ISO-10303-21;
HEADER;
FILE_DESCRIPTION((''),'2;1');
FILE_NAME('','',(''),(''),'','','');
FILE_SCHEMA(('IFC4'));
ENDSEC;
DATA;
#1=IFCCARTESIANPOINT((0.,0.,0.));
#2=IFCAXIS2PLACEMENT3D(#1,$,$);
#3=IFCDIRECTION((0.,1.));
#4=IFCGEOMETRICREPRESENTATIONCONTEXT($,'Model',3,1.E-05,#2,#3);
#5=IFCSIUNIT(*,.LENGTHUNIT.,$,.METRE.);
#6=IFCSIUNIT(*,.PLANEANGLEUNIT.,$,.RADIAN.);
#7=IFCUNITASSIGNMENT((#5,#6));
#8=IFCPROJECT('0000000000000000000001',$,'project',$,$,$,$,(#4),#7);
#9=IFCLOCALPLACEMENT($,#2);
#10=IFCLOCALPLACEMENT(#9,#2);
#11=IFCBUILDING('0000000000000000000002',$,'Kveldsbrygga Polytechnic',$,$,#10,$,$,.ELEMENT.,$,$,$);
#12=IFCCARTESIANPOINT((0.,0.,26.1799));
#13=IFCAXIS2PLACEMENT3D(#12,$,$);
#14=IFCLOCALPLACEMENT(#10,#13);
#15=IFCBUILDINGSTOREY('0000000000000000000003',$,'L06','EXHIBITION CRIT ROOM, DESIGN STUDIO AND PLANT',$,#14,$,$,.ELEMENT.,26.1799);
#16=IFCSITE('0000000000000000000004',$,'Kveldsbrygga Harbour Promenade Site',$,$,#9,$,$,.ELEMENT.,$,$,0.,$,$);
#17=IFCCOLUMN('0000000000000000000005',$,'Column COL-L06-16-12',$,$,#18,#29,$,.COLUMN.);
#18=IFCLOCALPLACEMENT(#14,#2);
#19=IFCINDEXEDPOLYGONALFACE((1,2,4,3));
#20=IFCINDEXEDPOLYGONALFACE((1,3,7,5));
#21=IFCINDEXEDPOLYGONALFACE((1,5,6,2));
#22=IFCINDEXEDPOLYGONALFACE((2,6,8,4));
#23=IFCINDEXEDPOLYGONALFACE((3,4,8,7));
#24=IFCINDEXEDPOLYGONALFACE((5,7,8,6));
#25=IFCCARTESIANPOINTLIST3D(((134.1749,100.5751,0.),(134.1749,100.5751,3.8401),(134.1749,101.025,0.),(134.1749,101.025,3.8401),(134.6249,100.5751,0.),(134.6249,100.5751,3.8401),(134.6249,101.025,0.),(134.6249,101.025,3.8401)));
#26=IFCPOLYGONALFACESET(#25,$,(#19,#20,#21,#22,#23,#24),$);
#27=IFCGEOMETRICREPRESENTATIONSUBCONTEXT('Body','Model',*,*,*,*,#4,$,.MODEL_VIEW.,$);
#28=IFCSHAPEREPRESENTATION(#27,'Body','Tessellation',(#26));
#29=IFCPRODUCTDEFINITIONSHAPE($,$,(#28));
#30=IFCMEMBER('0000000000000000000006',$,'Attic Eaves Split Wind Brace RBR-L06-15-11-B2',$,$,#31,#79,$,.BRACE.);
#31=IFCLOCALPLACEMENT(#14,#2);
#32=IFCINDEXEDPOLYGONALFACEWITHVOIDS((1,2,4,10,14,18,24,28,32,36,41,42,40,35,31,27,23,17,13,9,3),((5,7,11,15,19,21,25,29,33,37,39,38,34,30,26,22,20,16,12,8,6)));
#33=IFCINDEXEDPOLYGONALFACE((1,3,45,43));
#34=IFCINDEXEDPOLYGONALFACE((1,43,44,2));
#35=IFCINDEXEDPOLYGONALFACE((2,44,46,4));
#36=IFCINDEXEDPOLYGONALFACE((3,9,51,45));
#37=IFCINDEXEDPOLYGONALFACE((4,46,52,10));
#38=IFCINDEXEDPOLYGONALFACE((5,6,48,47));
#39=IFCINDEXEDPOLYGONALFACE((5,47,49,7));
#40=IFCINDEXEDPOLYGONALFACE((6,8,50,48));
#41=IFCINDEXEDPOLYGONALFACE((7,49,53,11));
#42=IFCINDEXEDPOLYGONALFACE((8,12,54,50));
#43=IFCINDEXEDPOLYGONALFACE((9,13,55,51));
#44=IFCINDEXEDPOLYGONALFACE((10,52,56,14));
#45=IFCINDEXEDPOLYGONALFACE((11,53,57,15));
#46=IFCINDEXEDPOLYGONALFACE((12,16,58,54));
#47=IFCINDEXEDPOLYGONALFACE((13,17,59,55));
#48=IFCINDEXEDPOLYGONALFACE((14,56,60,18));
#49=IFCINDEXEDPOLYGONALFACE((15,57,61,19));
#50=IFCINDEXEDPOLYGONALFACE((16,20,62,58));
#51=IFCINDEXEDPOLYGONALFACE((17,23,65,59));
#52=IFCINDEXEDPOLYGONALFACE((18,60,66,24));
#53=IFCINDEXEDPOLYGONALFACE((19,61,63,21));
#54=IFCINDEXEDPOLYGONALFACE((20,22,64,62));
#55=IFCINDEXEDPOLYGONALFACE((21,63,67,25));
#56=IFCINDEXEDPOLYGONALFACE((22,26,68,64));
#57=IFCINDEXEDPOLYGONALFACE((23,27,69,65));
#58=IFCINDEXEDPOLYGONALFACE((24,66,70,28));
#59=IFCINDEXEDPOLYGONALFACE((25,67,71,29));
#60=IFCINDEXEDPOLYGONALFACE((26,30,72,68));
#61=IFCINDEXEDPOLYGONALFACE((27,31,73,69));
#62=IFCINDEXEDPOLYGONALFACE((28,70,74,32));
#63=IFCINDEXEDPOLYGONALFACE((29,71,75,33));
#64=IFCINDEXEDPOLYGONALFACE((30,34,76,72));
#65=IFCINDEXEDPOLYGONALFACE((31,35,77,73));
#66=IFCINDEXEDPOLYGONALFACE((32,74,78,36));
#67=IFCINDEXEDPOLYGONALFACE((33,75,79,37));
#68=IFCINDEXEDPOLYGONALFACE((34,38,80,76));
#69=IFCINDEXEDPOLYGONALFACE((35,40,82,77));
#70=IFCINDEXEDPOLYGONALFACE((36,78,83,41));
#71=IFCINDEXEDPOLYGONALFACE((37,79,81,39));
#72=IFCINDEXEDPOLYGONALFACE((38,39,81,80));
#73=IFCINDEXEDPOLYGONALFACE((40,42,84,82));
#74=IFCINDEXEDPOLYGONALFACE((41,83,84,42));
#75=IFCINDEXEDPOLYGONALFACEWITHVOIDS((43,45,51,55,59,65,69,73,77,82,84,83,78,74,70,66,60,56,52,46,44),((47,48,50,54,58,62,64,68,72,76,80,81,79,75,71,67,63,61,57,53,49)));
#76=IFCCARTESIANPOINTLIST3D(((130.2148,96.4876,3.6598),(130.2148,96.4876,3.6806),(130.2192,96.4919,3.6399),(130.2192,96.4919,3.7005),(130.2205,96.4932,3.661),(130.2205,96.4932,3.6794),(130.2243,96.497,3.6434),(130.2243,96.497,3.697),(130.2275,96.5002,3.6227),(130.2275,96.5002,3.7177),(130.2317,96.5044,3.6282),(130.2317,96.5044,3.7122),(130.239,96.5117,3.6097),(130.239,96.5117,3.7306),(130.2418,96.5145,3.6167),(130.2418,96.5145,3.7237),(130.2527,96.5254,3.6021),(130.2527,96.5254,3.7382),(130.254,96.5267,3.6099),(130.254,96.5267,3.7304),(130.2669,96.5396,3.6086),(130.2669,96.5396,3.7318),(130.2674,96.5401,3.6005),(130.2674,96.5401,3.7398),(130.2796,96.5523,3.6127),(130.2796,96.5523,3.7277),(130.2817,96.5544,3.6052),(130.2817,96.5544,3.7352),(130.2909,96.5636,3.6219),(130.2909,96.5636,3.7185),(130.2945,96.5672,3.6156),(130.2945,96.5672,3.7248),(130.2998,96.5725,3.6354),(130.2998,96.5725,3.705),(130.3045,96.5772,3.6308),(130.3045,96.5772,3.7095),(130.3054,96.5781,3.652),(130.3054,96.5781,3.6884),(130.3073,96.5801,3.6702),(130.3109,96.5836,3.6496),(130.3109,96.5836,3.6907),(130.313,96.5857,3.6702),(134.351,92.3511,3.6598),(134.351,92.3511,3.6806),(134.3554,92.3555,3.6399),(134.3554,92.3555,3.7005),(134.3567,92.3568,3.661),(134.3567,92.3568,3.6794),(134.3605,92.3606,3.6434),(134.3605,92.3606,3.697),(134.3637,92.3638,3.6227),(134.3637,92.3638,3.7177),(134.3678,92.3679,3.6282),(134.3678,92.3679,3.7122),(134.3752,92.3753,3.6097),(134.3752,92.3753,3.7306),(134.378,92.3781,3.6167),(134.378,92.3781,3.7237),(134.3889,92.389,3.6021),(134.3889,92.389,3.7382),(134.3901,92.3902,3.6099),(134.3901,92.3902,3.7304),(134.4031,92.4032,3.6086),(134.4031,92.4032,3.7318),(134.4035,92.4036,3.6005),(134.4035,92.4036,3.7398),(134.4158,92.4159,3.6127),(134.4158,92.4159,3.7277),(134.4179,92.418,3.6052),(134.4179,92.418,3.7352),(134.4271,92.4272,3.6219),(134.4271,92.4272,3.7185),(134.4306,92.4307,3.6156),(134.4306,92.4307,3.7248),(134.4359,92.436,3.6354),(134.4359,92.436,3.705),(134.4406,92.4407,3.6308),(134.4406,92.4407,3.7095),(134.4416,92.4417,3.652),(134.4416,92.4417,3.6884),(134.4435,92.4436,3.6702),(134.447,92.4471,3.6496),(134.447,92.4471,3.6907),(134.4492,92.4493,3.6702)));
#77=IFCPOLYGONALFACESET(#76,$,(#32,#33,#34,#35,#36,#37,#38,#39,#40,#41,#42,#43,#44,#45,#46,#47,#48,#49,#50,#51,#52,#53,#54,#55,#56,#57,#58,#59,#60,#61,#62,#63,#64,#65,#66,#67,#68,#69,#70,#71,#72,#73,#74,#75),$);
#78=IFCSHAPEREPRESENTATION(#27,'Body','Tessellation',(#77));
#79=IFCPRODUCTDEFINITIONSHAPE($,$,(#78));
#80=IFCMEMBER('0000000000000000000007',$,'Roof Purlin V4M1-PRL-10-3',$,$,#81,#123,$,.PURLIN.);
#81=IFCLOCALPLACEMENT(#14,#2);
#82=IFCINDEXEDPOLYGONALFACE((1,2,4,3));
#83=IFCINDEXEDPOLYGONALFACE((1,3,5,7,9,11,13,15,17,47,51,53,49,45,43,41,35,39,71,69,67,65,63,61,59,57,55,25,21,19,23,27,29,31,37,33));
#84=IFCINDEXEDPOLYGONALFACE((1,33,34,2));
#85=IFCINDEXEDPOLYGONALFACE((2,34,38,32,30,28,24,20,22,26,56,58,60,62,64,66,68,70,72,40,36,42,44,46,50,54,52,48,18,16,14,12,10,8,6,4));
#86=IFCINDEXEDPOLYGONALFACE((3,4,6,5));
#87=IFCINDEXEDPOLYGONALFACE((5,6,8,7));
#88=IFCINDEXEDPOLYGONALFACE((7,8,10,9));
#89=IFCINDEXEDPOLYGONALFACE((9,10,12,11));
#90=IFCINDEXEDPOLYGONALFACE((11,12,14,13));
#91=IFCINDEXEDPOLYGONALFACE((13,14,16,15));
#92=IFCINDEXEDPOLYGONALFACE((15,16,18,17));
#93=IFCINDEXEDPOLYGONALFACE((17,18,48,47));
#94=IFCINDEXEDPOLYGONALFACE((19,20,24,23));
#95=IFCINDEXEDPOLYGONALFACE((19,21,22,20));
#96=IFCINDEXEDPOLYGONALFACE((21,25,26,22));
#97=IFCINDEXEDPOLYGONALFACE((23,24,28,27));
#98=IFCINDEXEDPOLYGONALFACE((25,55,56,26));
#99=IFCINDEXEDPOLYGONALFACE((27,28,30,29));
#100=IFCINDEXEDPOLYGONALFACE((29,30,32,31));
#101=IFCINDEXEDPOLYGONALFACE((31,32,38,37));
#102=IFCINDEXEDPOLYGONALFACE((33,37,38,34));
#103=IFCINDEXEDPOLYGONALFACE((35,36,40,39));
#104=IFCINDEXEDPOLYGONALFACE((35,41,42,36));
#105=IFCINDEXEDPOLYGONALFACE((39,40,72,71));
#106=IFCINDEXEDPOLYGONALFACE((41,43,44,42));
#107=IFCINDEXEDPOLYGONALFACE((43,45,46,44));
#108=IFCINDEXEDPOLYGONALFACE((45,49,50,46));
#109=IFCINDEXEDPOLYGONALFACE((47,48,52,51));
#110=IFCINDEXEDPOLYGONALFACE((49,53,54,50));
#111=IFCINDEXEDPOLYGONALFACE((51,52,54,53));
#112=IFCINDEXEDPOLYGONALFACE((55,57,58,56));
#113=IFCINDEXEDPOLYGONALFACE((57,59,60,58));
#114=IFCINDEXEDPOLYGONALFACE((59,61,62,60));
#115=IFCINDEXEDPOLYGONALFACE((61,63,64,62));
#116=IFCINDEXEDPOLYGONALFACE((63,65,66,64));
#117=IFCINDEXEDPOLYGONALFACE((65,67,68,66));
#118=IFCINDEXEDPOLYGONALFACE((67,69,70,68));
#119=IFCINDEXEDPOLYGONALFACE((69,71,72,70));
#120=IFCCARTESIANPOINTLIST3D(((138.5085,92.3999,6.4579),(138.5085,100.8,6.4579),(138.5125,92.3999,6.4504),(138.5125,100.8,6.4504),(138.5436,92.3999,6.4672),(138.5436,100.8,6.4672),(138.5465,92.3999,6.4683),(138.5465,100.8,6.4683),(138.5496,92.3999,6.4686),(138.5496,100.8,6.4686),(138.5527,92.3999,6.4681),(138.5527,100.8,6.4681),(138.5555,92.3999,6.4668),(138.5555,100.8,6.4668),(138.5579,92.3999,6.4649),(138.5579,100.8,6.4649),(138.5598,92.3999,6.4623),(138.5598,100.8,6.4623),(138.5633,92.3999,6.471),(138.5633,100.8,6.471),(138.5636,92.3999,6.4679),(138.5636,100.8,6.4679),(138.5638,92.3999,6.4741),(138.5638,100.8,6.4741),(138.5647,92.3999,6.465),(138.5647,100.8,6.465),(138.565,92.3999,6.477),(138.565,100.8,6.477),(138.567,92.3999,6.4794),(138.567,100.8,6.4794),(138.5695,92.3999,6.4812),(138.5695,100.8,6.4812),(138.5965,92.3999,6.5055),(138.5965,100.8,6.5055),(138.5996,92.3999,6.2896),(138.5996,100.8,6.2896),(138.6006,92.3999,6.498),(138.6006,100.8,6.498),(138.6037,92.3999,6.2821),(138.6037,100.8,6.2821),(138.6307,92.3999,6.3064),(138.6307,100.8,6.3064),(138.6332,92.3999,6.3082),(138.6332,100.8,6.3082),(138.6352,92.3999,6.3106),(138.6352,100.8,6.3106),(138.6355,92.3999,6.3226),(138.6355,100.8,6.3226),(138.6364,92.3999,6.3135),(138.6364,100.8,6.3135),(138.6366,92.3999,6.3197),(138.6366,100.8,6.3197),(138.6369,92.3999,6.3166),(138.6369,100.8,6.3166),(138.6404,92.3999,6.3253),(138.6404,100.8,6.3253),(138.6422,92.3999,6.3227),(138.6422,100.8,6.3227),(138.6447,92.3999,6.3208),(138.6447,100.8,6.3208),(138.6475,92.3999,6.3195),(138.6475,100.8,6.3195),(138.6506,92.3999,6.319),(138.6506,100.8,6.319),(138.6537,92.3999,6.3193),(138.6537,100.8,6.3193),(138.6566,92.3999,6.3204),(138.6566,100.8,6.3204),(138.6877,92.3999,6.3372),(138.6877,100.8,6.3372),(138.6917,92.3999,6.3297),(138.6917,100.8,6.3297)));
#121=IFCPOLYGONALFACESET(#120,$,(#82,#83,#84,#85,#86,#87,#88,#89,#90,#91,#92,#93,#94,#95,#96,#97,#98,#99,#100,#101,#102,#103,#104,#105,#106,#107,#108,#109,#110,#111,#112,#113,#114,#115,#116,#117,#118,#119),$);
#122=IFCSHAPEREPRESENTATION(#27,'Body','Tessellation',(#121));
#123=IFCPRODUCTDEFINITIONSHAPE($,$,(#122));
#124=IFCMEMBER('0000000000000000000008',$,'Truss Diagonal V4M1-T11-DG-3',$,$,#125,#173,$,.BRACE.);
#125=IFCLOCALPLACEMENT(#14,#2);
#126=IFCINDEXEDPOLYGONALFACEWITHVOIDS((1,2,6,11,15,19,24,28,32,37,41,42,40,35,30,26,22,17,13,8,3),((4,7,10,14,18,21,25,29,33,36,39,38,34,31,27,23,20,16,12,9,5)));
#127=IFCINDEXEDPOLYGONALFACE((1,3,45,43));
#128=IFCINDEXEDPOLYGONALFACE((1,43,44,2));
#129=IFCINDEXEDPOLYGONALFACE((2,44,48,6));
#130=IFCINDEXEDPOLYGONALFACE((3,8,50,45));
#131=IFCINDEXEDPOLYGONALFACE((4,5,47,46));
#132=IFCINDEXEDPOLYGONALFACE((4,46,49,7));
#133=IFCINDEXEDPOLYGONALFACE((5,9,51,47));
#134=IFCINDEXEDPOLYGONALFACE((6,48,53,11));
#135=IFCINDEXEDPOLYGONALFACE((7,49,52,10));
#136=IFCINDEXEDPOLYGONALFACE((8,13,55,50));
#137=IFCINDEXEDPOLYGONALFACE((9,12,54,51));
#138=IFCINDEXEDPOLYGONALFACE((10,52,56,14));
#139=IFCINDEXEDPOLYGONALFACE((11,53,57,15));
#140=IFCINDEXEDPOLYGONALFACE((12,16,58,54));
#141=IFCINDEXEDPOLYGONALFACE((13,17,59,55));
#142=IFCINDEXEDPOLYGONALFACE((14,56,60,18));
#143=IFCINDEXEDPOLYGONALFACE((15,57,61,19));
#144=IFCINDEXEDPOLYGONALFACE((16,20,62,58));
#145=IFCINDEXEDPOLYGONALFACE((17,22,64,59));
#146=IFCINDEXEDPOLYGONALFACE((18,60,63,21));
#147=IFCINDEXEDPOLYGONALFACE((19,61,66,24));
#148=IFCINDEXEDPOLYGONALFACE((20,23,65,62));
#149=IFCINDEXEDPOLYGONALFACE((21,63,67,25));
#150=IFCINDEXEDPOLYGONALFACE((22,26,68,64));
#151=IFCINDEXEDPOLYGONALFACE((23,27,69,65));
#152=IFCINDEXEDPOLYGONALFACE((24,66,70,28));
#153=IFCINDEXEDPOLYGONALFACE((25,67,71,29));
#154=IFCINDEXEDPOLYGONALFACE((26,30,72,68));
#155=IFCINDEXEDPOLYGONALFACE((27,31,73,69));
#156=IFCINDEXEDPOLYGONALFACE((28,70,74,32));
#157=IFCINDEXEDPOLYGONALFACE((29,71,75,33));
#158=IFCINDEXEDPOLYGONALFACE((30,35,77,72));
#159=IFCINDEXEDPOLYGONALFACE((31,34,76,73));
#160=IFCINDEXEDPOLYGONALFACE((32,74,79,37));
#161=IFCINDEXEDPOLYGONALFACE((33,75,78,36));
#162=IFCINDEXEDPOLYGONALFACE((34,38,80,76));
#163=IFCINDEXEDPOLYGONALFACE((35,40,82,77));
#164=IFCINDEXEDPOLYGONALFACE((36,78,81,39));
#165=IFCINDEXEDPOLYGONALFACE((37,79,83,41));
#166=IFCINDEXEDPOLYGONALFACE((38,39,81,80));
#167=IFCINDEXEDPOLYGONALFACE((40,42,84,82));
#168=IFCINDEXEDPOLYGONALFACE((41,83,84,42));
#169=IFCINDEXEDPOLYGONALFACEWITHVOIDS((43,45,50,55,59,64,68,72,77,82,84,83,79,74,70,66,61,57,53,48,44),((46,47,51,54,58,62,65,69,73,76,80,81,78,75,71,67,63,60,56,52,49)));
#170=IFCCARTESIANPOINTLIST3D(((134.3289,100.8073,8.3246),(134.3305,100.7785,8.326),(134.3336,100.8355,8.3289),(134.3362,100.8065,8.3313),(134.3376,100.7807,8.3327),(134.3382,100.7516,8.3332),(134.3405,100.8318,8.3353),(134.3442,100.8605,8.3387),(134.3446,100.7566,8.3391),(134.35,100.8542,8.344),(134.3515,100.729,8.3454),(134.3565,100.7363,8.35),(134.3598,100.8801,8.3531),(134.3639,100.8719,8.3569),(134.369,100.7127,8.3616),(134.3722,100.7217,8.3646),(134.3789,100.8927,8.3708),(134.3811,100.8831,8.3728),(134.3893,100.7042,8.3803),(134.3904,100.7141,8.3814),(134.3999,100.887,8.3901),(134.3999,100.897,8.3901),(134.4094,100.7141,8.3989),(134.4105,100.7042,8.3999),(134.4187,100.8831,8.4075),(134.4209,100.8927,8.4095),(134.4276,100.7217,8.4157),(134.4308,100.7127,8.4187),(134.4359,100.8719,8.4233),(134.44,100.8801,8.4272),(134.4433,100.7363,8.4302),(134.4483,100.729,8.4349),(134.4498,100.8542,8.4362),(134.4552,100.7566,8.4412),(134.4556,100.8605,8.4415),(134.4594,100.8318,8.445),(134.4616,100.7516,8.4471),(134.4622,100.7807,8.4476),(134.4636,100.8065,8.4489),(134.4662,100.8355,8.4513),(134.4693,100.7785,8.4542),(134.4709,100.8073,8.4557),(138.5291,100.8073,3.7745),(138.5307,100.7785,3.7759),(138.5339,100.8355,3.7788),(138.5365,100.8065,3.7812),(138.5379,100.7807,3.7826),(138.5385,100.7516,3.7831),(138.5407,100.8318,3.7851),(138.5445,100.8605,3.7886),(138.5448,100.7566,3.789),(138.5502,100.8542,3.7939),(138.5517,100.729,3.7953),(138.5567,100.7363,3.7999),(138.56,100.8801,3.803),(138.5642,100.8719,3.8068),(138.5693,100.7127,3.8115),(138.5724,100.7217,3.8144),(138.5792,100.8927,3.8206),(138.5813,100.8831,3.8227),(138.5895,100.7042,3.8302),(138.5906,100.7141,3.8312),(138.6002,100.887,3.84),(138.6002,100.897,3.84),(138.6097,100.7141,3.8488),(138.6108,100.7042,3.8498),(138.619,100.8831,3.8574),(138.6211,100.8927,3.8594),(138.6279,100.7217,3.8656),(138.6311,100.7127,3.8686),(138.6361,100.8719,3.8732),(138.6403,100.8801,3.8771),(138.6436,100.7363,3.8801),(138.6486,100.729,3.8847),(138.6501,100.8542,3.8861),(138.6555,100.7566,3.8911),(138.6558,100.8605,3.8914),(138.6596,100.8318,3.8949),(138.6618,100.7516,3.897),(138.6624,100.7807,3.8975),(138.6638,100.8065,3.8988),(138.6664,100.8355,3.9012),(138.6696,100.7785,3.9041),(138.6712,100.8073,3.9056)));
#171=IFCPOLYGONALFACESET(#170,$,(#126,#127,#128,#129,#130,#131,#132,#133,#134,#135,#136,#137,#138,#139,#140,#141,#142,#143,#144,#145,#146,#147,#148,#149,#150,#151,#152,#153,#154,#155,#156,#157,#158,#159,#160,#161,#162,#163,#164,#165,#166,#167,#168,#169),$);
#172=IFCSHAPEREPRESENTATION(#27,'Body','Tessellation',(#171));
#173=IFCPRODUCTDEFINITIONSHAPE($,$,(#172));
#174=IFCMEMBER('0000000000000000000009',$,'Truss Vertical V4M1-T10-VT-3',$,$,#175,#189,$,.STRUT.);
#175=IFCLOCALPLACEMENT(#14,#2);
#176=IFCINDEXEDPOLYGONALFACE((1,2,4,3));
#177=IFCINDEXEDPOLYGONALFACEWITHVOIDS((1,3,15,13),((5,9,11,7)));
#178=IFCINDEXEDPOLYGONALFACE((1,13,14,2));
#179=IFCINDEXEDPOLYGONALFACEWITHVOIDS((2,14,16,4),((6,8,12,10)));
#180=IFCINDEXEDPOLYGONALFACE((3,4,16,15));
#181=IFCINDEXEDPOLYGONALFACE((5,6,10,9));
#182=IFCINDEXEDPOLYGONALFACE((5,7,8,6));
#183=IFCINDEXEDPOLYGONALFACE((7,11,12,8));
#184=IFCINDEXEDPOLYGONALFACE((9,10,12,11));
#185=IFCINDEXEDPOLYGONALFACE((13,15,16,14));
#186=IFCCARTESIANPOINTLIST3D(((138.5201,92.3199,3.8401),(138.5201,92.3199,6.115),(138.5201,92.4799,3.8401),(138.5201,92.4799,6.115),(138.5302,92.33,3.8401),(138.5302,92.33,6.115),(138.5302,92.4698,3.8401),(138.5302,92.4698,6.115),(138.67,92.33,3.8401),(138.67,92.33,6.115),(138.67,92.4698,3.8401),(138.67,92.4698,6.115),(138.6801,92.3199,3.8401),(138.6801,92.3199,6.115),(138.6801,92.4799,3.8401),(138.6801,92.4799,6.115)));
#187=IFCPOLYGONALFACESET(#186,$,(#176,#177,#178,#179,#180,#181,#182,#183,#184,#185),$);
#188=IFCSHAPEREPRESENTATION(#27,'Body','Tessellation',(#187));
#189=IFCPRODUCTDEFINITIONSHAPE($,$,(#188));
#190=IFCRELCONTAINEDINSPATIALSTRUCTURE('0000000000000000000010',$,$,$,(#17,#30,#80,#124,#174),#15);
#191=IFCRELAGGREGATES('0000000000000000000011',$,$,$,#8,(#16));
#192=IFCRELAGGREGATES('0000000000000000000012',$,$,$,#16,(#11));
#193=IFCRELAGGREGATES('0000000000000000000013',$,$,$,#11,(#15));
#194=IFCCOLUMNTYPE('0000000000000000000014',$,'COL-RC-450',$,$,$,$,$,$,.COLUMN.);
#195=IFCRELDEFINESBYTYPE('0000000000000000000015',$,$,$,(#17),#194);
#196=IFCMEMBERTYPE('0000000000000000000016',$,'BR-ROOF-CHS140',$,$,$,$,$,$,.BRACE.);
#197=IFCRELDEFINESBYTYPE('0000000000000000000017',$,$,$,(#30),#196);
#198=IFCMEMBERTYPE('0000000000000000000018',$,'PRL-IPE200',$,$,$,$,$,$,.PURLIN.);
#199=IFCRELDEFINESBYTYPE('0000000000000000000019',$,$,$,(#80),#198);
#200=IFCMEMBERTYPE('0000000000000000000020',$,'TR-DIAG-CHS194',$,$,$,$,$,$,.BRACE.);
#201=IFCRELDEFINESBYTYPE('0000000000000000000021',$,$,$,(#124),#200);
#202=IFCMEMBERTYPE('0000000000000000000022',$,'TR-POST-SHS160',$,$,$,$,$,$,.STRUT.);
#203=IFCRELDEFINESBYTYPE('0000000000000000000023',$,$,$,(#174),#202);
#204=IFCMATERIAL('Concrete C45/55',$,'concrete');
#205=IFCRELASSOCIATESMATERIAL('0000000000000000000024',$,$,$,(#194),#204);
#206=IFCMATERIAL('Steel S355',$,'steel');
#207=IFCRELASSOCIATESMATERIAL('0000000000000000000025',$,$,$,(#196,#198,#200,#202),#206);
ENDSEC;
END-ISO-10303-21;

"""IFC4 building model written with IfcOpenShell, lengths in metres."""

from ifc_helpers import new_model, si_unit, direction, frame, origin, origin_2d, place, context, subcontext, project, spatial, rectangle, hollow_rectangle, hollow_circle, i_section, extrude, material, material_profile, profile_set, type_object, element, save


model = new_model("IFC4")

# Units and contexts
model_context = context("Model", 3, precision=1e-05, world=origin(), true_north=direction((0.0, 1.0)))
body_context = subcontext(model_context, "Body", "Model", "MODEL_VIEW")
ifc_project = project(units=[si_unit("LENGTHUNIT", "METRE"), si_unit("PLANEANGLEUNIT", "RADIAN")], contexts=[model_context])

# Site, building, storey
site_placement = place(None, origin())
site = spatial("IfcSite", under=ifc_project, at=site_placement, Name="Kveldsbrygga Harbour Promenade Site", CompositionType="ELEMENT", RefElevation=0.0)
building_placement = place(site_placement, origin())
building = spatial("IfcBuilding", under=site, at=building_placement, Name="Kveldsbrygga Polytechnic", CompositionType="ELEMENT")
storey_placement = place(building_placement, frame((0.0, 0.0, 26.1799)))
storey = spatial("IfcBuildingStorey", under=building, at=storey_placement, Name="L06", Description="EXHIBITION CRIT ROOM, DESIGN STUDIO AND PLANT", CompositionType="ELEMENT", Elevation=26.1799)

# Column
ifc_material_1 = material(Name="Concrete C45/55", Category="concrete")
ifc_material_profile_1 = material_profile(ifc_material_1, rectangle(XDim=0.45, YDim=0.45, at=origin_2d()), Name="RC 450x450")
ifc_profile_set_1 = profile_set([ifc_material_profile_1], Name="Concrete C45/55")
column_type = type_object("IfcColumnType", Name="COL-RC-450", PredefinedType="COLUMN", material=ifc_profile_set_1)
column_placement = place(storey_placement, frame((134.3999, 100.8, 0.0), z_axis=(0.0, 0.0, 1.0), x_axis=(1.0, 0.0, 0.0)))
element("IfcColumn", 1, at=column_placement, inside=storey, type_object=column_type, Name="Column COL-L06-16-12", PredefinedType="COLUMN", context=body_context, shape_type="SweptSolid", body=[
    extrude(rectangle(XDim=0.45, YDim=0.45, at=origin_2d()), origin(), (0.0, 0.0, 1.0), 3.8401),
])

# Members
ifc_material_2 = material(Name="Steel S355", Category="steel")
ifc_material_profile_2 = material_profile(ifc_material_2, hollow_circle(Radius=0.0698, WallThickness=0.0081, at=origin_2d()), Name="CHS 139.7x8.0")
ifc_profile_set_2 = profile_set([ifc_material_profile_2], Name="Steel S355")
member_type_1 = type_object("IfcMemberType", Name="BR-ROOF-CHS140", PredefinedType="BRACE", material=ifc_profile_set_2)
member_1_placement = place(storey_placement, frame((130.2637, 96.5364, 3.6702), z_axis=(0.707086, -0.707128, 0.0), x_axis=(0.707128, 0.707086, 0.0)))
element("IfcMember", 2, at=member_1_placement, inside=storey, type_object=member_type_1, Name="Attic Eaves Split Wind Brace RBR-L06-15-11-B2", PredefinedType="BRACE", context=body_context, shape_type="SweptSolid", body=[
    extrude(hollow_circle(Radius=0.0698, WallThickness=0.0081, at=origin_2d()), origin(), (0.0, 0.0, 1.0), 5.8496),
])
ifc_material_profile_3 = material_profile(ifc_material_2, i_section(OverallWidth=0.1001, OverallDepth=0.2, WebThickness=0.0056, FlangeThickness=0.0085, FilletRadius=0.012, at=origin_2d()), Name="IPE 200")
ifc_profile_set_3 = profile_set([ifc_material_profile_3], Name="Steel S355")
member_type_2 = type_object("IfcMemberType", Name="PRL-IPE200", PredefinedType="PURLIN", material=ifc_profile_set_3)
member_2_placement = place(storey_placement, frame((138.6001, 92.3999, 6.3938), z_axis=(0.0, 1.0, 0.0), x_axis=(-0.879292, 0.0, -0.476283)))
element("IfcMember", 3, at=member_2_placement, inside=storey, type_object=member_type_2, Name="Roof Purlin V4M1-PRL-10-3", PredefinedType="PURLIN", context=body_context, shape_type="SweptSolid", body=[
    extrude(i_section(OverallWidth=0.1001, OverallDepth=0.2, WebThickness=0.0056, FlangeThickness=0.0085, FilletRadius=0.012, at=origin_2d()), origin(), (0.0, 0.0, 1.0), 8.4001),
])
ifc_material_profile_4 = material_profile(ifc_material_2, hollow_circle(Radius=0.0969, WallThickness=0.01, at=origin_2d()), Name="CHS 193.7x10.0")
ifc_profile_set_4 = profile_set([ifc_material_profile_4], Name="Steel S355")
member_type_3 = type_object("IfcMemberType", Name="TR-DIAG-CHS194", PredefinedType="BRACE", material=ifc_profile_set_4)
member_3_placement = place(storey_placement, frame((134.3999, 100.8, 8.3901), z_axis=(0.678293, 0.0, -0.734791), x_axis=(0.0, 1.0, 0.0)))
element("IfcMember", 4, at=member_3_placement, inside=storey, type_object=member_type_3, Name="Truss Diagonal V4M1-T11-DG-3", PredefinedType="BRACE", context=body_context, shape_type="SweptSolid", body=[
    extrude(hollow_circle(Radius=0.0969, WallThickness=0.01, at=origin_2d()), origin(), (0.0, 0.0, 1.0), 6.1924),
])
ifc_material_profile_5 = material_profile(ifc_material_2, hollow_rectangle(XDim=0.1599, YDim=0.1599, WallThickness=0.01, at=origin_2d()), Name="SHS 160x160x10.0")
ifc_profile_set_5 = profile_set([ifc_material_profile_5], Name="Steel S355")
member_type_4 = type_object("IfcMemberType", Name="TR-POST-SHS160", PredefinedType="STRUT", material=ifc_profile_set_5)
member_4_placement = place(storey_placement, frame((138.6001, 92.3999, 3.8401), z_axis=(0.0, 0.0, 1.0), x_axis=(1.0, 0.0, 0.0)))
element("IfcMember", 5, at=member_4_placement, inside=storey, type_object=member_type_4, Name="Truss Vertical V4M1-T10-VT-3", PredefinedType="STRUT", context=body_context, shape_type="SweptSolid", body=[
    extrude(hollow_rectangle(XDim=0.1599, YDim=0.1599, WallThickness=0.01, at=origin_2d()), origin(), (0.0, 0.0, 1.0), 2.2749),
])

save(model, "model.ifc")
